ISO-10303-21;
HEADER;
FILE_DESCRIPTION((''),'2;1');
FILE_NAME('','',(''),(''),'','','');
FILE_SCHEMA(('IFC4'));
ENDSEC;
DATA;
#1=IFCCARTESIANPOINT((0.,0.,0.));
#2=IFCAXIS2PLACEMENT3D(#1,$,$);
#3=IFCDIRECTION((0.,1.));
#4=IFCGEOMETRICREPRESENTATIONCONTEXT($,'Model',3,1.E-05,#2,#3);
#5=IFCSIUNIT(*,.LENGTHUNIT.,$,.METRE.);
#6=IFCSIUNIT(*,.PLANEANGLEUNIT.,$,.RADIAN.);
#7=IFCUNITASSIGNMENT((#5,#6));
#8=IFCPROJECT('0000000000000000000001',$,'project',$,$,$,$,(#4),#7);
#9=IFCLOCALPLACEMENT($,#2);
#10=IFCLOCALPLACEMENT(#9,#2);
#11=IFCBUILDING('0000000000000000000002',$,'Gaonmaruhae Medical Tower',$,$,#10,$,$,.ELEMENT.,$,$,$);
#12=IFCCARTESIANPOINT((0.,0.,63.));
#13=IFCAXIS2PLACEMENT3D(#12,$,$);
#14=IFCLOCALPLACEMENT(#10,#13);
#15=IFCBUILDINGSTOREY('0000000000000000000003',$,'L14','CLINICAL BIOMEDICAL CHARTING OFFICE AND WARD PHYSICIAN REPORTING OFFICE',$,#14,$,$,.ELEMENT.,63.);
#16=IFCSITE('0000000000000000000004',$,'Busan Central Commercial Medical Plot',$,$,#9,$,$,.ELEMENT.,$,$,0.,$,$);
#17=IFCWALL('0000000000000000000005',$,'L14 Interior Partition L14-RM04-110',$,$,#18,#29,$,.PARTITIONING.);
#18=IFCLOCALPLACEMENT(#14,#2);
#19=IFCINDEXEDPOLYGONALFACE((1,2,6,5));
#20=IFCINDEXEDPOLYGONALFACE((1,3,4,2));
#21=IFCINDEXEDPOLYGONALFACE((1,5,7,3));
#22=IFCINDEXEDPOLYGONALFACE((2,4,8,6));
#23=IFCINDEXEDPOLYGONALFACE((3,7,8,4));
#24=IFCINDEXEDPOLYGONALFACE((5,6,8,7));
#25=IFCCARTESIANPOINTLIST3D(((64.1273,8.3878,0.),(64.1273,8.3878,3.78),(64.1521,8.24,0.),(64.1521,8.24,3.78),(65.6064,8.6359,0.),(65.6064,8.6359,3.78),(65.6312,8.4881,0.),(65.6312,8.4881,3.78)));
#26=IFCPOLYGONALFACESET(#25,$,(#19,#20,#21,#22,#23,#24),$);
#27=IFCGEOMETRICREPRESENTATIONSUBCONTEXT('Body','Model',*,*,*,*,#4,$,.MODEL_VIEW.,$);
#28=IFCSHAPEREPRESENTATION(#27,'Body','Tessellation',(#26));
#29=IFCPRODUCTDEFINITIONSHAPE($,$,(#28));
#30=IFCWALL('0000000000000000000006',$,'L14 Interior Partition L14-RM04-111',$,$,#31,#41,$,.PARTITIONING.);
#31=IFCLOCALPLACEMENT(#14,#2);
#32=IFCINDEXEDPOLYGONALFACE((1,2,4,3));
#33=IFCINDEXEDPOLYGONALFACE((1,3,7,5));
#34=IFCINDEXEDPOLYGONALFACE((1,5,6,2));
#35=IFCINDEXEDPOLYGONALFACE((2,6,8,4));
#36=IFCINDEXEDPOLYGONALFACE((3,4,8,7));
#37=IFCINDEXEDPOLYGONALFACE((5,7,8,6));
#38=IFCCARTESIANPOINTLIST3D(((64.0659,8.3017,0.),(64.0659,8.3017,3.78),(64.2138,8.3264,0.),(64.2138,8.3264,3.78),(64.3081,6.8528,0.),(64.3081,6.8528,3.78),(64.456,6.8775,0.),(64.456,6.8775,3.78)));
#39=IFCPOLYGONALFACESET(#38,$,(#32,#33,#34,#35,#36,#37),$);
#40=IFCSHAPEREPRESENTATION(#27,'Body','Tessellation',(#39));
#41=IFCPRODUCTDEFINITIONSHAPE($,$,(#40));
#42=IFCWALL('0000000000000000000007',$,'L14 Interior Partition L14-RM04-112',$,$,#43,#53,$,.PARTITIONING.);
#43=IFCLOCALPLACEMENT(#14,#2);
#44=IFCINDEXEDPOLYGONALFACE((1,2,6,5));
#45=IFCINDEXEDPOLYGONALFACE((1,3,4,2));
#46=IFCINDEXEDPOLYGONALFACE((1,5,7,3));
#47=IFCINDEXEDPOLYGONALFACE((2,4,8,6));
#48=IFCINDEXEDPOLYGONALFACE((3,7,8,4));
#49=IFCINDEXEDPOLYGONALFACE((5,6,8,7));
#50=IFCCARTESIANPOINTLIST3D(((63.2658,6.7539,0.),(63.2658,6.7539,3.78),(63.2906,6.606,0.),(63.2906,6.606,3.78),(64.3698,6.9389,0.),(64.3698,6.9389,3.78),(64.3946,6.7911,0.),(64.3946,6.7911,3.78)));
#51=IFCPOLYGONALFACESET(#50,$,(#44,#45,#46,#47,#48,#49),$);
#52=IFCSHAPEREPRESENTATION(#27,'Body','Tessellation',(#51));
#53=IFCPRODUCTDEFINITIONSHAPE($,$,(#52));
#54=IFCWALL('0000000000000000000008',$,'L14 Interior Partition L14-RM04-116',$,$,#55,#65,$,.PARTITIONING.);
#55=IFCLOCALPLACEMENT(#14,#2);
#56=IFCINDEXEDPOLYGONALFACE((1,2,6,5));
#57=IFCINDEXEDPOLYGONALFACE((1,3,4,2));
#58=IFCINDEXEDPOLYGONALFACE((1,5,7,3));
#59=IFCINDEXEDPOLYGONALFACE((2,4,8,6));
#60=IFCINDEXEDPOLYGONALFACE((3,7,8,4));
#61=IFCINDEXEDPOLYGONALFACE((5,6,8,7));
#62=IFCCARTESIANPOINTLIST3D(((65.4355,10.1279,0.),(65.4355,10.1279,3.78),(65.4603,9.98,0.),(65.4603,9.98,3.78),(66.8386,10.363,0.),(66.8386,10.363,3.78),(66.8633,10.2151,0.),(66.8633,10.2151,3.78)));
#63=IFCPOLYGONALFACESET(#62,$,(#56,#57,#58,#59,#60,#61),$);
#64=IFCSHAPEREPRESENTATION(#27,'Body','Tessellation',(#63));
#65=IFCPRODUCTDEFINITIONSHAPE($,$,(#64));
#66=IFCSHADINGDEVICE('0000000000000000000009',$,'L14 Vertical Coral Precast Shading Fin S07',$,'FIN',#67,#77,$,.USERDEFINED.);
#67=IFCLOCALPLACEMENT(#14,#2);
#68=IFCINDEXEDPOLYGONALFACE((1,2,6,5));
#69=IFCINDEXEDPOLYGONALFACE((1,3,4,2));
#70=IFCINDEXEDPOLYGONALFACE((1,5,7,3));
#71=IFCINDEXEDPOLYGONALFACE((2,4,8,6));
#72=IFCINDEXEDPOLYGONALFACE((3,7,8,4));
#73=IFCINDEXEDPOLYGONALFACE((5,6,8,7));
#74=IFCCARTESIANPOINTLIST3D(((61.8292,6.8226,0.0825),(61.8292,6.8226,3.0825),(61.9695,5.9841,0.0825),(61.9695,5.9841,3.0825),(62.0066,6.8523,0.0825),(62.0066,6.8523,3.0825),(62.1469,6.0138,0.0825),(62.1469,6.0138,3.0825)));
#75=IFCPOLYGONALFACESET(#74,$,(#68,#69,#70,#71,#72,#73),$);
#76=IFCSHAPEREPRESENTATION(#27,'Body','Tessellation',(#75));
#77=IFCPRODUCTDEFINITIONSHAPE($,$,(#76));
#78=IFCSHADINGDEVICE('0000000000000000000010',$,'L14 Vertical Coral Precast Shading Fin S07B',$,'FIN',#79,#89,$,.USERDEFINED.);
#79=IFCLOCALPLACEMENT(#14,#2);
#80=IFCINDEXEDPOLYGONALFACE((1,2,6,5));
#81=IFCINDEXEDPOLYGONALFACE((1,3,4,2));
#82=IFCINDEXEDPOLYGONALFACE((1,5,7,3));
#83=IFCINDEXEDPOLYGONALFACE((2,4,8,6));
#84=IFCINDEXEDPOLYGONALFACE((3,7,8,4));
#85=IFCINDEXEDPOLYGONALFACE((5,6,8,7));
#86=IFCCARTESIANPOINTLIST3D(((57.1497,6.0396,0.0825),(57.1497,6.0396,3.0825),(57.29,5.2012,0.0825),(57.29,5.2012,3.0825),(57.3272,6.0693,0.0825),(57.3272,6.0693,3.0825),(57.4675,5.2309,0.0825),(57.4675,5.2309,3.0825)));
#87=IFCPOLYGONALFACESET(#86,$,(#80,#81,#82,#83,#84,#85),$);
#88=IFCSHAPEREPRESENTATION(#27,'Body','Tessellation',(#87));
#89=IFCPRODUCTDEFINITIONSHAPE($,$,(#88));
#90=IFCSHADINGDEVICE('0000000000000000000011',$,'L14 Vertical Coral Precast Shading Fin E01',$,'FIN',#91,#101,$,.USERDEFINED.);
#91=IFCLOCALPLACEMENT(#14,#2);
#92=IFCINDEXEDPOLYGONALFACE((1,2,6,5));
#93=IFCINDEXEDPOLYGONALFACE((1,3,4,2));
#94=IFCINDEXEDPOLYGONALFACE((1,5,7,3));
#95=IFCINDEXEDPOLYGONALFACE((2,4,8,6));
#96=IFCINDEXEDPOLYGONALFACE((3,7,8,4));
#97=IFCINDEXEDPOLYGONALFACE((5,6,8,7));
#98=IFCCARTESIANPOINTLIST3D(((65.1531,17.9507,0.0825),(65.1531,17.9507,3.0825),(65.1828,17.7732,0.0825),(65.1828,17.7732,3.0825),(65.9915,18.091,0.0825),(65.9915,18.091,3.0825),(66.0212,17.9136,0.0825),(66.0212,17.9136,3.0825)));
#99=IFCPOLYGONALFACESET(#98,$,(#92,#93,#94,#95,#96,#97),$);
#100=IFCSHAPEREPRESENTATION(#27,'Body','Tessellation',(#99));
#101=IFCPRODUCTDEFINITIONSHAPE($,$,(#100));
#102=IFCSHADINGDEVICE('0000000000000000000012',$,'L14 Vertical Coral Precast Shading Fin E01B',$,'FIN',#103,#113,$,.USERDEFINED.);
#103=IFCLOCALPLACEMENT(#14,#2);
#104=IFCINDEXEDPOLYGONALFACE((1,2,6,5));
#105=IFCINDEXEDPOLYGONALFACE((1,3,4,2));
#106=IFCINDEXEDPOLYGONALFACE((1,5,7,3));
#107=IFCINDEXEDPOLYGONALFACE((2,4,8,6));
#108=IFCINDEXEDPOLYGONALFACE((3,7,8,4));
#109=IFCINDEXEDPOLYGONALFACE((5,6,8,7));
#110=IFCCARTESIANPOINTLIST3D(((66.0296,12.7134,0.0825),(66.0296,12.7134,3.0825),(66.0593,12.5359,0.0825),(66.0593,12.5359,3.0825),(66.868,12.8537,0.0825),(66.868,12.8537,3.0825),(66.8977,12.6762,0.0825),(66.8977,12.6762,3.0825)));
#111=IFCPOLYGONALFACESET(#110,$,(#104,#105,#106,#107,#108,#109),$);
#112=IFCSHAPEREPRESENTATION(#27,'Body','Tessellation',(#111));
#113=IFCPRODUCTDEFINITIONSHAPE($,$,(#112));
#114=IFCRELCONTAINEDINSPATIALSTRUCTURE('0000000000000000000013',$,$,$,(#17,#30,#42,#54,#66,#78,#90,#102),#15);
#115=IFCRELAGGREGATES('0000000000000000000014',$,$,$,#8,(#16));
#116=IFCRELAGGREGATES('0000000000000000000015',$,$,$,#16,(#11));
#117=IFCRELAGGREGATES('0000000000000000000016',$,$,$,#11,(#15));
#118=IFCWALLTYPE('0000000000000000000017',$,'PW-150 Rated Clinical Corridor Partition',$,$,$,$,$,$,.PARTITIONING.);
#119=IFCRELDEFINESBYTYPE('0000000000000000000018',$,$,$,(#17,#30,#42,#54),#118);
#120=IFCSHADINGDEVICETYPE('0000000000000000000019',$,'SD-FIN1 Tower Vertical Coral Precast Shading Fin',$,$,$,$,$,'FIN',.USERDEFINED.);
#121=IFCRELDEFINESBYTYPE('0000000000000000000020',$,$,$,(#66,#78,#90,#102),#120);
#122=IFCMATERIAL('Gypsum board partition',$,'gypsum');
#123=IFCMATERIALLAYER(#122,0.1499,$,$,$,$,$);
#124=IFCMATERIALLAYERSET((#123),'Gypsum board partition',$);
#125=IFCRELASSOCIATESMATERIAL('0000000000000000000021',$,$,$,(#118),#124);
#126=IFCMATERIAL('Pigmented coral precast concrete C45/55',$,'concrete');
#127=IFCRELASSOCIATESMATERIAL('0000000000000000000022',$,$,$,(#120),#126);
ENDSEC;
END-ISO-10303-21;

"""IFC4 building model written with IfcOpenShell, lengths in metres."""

from ifc_helpers import new_model, si_unit, direction, frame, frame_2d, origin, origin_2d, place, context, subcontext, project, spatial, rectangle, extrude, material, layer, layer_set, type_object, element, save


model = new_model("IFC4")

# Units and contexts
model_context = context("Model", 3, precision=1e-05, world=origin(), true_north=direction((0.0, 1.0)))
body_context = subcontext(model_context, "Body", "Model", "MODEL_VIEW")
ifc_project = project(units=[si_unit("LENGTHUNIT", "METRE"), si_unit("PLANEANGLEUNIT", "RADIAN")], contexts=[model_context])

# Site, building, storey
site_placement = place(None, origin())
site = spatial("IfcSite", under=ifc_project, at=site_placement, Name="Busan Central Commercial Medical Plot", CompositionType="ELEMENT", RefElevation=0.0)
building_placement = place(site_placement, origin())
building = spatial("IfcBuilding", under=site, at=building_placement, Name="Gaonmaruhae Medical Tower", CompositionType="ELEMENT")
storey_placement = place(building_placement, frame((0.0, 0.0, 63.0)))
storey = spatial("IfcBuildingStorey", under=building, at=storey_placement, Name="L14", Description="CLINICAL BIOMEDICAL CHARTING OFFICE AND WARD PHYSICIAN REPORTING OFFICE", CompositionType="ELEMENT", Elevation=63.0)

# Walls
ifc_material_1 = material(Name="Gypsum board partition", Category="gypsum")
ifc_layer_1 = layer(ifc_material_1, 0.1499)
ifc_layer_set_1 = layer_set([ifc_layer_1], Name="Gypsum board partition")
wall_type_1 = type_object("IfcWallType", Name="PW-150 Rated Clinical Corridor Partition", PredefinedType="PARTITIONING", material=ifc_layer_set_1)
wall_1_placement = place(storey_placement, frame((65.6189, 8.562, 0.0), z_axis=(0.0, 0.0, 1.0), x_axis=(-0.986226, -0.165402, 0.0)))
element("IfcWall", 1, at=wall_1_placement, inside=storey, type_object=wall_type_1, Name="L14 Interior Partition L14-RM04-110", PredefinedType="PARTITIONING", context=body_context, shape_type="SweptSolid", body=[
    extrude(rectangle(XDim=1.4998, YDim=0.1499, at=frame_2d((0.75, 0.0))), origin(), (0.0, 0.0, 1.0), 3.78),
])
wall_2_placement = place(storey_placement, frame((64.1399, 8.314, 0.0), z_axis=(0.0, 0.0, 1.0), x_axis=(0.164857, -0.986317, 0.0)))
element("IfcWall", 2, at=wall_2_placement, inside=storey, type_object=wall_type_1, Name="L14 Interior Partition L14-RM04-111", PredefinedType="PARTITIONING", context=body_context, shape_type="SweptSolid", body=[
    extrude(rectangle(XDim=1.469, YDim=0.1499, at=frame_2d((0.7344, 0.0))), origin(), (0.0, 0.0, 1.0), 3.78),
])
wall_3_placement = place(storey_placement, frame((64.3821, 6.865, 0.0), z_axis=(0.0, 0.0, 1.0), x_axis=(-0.98624, -0.165318, 0.0)))
element("IfcWall", 3, at=wall_3_placement, inside=storey, type_object=wall_type_1, Name="L14 Interior Partition L14-RM04-112", PredefinedType="PARTITIONING", context=body_context, shape_type="SweptSolid", body=[
    extrude(rectangle(XDim=1.1194, YDim=0.1499, at=frame_2d((0.5596, 0.0))), origin(), (0.0, 0.0, 1.0), 3.78),
])
wall_4_placement = place(storey_placement, frame((66.8511, 10.2891, 0.0), z_axis=(0.0, 0.0, 1.0), x_axis=(-0.98625, -0.165262, 0.0)))
element("IfcWall", 4, at=wall_4_placement, inside=storey, type_object=wall_type_1, Name="L14 Interior Partition L14-RM04-116", PredefinedType="PARTITIONING", context=body_context, shape_type="SweptSolid", body=[
    extrude(rectangle(XDim=1.4226, YDim=0.1499, at=frame_2d((0.7114, 0.0))), origin(), (0.0, 0.0, 1.0), 3.78),
])

# Shading devices
ifc_material_2 = material(Name="Pigmented coral precast concrete C45/55", Category="concrete")
shading_device_type = type_object("IfcShadingDeviceType", Name="SD-FIN1 Tower Vertical Coral Precast Shading Fin", ElementType="FIN", PredefinedType="USERDEFINED", material=ifc_material_2)
for number, where, z_axis, x_axis, name in (
    (5, (61.988, 6.4182, 0.0825), (0.0, 0.0, 1.0), (-0.986286, -0.165048, 0.0), "L14 Vertical Coral Precast Shading Fin S07"),
    (6, (57.3086, 5.6353, 0.0825), (0.0, 0.0, 1.0), (-0.986286, -0.165048, 0.0), "L14 Vertical Coral Precast Shading Fin S07B"),
    (7, (65.5872, 17.9321, 0.0825), (0.0, 0.0, 1.0), (0.165048, -0.986286, 0.0), "L14 Vertical Coral Precast Shading Fin E01"),
    (8, (66.4636, 12.6948, 0.0825), (0.0, 0.0, 1.0), (0.165048, -0.986286, 0.0), "L14 Vertical Coral Precast Shading Fin E01B"),
):
    element("IfcShadingDevice", number, at=place(storey_placement, frame(where, z_axis=z_axis, x_axis=x_axis)), inside=storey, type_object=shading_device_type, Name=name, ObjectType="FIN", PredefinedType="USERDEFINED", context=body_context, shape_type="SweptSolid", body=[
        extrude(rectangle(XDim=0.1799, YDim=0.8501, at=origin_2d()), origin(), (0.0, 0.0, 1.0), 3.0),
    ])

save(model, "model.ifc")
